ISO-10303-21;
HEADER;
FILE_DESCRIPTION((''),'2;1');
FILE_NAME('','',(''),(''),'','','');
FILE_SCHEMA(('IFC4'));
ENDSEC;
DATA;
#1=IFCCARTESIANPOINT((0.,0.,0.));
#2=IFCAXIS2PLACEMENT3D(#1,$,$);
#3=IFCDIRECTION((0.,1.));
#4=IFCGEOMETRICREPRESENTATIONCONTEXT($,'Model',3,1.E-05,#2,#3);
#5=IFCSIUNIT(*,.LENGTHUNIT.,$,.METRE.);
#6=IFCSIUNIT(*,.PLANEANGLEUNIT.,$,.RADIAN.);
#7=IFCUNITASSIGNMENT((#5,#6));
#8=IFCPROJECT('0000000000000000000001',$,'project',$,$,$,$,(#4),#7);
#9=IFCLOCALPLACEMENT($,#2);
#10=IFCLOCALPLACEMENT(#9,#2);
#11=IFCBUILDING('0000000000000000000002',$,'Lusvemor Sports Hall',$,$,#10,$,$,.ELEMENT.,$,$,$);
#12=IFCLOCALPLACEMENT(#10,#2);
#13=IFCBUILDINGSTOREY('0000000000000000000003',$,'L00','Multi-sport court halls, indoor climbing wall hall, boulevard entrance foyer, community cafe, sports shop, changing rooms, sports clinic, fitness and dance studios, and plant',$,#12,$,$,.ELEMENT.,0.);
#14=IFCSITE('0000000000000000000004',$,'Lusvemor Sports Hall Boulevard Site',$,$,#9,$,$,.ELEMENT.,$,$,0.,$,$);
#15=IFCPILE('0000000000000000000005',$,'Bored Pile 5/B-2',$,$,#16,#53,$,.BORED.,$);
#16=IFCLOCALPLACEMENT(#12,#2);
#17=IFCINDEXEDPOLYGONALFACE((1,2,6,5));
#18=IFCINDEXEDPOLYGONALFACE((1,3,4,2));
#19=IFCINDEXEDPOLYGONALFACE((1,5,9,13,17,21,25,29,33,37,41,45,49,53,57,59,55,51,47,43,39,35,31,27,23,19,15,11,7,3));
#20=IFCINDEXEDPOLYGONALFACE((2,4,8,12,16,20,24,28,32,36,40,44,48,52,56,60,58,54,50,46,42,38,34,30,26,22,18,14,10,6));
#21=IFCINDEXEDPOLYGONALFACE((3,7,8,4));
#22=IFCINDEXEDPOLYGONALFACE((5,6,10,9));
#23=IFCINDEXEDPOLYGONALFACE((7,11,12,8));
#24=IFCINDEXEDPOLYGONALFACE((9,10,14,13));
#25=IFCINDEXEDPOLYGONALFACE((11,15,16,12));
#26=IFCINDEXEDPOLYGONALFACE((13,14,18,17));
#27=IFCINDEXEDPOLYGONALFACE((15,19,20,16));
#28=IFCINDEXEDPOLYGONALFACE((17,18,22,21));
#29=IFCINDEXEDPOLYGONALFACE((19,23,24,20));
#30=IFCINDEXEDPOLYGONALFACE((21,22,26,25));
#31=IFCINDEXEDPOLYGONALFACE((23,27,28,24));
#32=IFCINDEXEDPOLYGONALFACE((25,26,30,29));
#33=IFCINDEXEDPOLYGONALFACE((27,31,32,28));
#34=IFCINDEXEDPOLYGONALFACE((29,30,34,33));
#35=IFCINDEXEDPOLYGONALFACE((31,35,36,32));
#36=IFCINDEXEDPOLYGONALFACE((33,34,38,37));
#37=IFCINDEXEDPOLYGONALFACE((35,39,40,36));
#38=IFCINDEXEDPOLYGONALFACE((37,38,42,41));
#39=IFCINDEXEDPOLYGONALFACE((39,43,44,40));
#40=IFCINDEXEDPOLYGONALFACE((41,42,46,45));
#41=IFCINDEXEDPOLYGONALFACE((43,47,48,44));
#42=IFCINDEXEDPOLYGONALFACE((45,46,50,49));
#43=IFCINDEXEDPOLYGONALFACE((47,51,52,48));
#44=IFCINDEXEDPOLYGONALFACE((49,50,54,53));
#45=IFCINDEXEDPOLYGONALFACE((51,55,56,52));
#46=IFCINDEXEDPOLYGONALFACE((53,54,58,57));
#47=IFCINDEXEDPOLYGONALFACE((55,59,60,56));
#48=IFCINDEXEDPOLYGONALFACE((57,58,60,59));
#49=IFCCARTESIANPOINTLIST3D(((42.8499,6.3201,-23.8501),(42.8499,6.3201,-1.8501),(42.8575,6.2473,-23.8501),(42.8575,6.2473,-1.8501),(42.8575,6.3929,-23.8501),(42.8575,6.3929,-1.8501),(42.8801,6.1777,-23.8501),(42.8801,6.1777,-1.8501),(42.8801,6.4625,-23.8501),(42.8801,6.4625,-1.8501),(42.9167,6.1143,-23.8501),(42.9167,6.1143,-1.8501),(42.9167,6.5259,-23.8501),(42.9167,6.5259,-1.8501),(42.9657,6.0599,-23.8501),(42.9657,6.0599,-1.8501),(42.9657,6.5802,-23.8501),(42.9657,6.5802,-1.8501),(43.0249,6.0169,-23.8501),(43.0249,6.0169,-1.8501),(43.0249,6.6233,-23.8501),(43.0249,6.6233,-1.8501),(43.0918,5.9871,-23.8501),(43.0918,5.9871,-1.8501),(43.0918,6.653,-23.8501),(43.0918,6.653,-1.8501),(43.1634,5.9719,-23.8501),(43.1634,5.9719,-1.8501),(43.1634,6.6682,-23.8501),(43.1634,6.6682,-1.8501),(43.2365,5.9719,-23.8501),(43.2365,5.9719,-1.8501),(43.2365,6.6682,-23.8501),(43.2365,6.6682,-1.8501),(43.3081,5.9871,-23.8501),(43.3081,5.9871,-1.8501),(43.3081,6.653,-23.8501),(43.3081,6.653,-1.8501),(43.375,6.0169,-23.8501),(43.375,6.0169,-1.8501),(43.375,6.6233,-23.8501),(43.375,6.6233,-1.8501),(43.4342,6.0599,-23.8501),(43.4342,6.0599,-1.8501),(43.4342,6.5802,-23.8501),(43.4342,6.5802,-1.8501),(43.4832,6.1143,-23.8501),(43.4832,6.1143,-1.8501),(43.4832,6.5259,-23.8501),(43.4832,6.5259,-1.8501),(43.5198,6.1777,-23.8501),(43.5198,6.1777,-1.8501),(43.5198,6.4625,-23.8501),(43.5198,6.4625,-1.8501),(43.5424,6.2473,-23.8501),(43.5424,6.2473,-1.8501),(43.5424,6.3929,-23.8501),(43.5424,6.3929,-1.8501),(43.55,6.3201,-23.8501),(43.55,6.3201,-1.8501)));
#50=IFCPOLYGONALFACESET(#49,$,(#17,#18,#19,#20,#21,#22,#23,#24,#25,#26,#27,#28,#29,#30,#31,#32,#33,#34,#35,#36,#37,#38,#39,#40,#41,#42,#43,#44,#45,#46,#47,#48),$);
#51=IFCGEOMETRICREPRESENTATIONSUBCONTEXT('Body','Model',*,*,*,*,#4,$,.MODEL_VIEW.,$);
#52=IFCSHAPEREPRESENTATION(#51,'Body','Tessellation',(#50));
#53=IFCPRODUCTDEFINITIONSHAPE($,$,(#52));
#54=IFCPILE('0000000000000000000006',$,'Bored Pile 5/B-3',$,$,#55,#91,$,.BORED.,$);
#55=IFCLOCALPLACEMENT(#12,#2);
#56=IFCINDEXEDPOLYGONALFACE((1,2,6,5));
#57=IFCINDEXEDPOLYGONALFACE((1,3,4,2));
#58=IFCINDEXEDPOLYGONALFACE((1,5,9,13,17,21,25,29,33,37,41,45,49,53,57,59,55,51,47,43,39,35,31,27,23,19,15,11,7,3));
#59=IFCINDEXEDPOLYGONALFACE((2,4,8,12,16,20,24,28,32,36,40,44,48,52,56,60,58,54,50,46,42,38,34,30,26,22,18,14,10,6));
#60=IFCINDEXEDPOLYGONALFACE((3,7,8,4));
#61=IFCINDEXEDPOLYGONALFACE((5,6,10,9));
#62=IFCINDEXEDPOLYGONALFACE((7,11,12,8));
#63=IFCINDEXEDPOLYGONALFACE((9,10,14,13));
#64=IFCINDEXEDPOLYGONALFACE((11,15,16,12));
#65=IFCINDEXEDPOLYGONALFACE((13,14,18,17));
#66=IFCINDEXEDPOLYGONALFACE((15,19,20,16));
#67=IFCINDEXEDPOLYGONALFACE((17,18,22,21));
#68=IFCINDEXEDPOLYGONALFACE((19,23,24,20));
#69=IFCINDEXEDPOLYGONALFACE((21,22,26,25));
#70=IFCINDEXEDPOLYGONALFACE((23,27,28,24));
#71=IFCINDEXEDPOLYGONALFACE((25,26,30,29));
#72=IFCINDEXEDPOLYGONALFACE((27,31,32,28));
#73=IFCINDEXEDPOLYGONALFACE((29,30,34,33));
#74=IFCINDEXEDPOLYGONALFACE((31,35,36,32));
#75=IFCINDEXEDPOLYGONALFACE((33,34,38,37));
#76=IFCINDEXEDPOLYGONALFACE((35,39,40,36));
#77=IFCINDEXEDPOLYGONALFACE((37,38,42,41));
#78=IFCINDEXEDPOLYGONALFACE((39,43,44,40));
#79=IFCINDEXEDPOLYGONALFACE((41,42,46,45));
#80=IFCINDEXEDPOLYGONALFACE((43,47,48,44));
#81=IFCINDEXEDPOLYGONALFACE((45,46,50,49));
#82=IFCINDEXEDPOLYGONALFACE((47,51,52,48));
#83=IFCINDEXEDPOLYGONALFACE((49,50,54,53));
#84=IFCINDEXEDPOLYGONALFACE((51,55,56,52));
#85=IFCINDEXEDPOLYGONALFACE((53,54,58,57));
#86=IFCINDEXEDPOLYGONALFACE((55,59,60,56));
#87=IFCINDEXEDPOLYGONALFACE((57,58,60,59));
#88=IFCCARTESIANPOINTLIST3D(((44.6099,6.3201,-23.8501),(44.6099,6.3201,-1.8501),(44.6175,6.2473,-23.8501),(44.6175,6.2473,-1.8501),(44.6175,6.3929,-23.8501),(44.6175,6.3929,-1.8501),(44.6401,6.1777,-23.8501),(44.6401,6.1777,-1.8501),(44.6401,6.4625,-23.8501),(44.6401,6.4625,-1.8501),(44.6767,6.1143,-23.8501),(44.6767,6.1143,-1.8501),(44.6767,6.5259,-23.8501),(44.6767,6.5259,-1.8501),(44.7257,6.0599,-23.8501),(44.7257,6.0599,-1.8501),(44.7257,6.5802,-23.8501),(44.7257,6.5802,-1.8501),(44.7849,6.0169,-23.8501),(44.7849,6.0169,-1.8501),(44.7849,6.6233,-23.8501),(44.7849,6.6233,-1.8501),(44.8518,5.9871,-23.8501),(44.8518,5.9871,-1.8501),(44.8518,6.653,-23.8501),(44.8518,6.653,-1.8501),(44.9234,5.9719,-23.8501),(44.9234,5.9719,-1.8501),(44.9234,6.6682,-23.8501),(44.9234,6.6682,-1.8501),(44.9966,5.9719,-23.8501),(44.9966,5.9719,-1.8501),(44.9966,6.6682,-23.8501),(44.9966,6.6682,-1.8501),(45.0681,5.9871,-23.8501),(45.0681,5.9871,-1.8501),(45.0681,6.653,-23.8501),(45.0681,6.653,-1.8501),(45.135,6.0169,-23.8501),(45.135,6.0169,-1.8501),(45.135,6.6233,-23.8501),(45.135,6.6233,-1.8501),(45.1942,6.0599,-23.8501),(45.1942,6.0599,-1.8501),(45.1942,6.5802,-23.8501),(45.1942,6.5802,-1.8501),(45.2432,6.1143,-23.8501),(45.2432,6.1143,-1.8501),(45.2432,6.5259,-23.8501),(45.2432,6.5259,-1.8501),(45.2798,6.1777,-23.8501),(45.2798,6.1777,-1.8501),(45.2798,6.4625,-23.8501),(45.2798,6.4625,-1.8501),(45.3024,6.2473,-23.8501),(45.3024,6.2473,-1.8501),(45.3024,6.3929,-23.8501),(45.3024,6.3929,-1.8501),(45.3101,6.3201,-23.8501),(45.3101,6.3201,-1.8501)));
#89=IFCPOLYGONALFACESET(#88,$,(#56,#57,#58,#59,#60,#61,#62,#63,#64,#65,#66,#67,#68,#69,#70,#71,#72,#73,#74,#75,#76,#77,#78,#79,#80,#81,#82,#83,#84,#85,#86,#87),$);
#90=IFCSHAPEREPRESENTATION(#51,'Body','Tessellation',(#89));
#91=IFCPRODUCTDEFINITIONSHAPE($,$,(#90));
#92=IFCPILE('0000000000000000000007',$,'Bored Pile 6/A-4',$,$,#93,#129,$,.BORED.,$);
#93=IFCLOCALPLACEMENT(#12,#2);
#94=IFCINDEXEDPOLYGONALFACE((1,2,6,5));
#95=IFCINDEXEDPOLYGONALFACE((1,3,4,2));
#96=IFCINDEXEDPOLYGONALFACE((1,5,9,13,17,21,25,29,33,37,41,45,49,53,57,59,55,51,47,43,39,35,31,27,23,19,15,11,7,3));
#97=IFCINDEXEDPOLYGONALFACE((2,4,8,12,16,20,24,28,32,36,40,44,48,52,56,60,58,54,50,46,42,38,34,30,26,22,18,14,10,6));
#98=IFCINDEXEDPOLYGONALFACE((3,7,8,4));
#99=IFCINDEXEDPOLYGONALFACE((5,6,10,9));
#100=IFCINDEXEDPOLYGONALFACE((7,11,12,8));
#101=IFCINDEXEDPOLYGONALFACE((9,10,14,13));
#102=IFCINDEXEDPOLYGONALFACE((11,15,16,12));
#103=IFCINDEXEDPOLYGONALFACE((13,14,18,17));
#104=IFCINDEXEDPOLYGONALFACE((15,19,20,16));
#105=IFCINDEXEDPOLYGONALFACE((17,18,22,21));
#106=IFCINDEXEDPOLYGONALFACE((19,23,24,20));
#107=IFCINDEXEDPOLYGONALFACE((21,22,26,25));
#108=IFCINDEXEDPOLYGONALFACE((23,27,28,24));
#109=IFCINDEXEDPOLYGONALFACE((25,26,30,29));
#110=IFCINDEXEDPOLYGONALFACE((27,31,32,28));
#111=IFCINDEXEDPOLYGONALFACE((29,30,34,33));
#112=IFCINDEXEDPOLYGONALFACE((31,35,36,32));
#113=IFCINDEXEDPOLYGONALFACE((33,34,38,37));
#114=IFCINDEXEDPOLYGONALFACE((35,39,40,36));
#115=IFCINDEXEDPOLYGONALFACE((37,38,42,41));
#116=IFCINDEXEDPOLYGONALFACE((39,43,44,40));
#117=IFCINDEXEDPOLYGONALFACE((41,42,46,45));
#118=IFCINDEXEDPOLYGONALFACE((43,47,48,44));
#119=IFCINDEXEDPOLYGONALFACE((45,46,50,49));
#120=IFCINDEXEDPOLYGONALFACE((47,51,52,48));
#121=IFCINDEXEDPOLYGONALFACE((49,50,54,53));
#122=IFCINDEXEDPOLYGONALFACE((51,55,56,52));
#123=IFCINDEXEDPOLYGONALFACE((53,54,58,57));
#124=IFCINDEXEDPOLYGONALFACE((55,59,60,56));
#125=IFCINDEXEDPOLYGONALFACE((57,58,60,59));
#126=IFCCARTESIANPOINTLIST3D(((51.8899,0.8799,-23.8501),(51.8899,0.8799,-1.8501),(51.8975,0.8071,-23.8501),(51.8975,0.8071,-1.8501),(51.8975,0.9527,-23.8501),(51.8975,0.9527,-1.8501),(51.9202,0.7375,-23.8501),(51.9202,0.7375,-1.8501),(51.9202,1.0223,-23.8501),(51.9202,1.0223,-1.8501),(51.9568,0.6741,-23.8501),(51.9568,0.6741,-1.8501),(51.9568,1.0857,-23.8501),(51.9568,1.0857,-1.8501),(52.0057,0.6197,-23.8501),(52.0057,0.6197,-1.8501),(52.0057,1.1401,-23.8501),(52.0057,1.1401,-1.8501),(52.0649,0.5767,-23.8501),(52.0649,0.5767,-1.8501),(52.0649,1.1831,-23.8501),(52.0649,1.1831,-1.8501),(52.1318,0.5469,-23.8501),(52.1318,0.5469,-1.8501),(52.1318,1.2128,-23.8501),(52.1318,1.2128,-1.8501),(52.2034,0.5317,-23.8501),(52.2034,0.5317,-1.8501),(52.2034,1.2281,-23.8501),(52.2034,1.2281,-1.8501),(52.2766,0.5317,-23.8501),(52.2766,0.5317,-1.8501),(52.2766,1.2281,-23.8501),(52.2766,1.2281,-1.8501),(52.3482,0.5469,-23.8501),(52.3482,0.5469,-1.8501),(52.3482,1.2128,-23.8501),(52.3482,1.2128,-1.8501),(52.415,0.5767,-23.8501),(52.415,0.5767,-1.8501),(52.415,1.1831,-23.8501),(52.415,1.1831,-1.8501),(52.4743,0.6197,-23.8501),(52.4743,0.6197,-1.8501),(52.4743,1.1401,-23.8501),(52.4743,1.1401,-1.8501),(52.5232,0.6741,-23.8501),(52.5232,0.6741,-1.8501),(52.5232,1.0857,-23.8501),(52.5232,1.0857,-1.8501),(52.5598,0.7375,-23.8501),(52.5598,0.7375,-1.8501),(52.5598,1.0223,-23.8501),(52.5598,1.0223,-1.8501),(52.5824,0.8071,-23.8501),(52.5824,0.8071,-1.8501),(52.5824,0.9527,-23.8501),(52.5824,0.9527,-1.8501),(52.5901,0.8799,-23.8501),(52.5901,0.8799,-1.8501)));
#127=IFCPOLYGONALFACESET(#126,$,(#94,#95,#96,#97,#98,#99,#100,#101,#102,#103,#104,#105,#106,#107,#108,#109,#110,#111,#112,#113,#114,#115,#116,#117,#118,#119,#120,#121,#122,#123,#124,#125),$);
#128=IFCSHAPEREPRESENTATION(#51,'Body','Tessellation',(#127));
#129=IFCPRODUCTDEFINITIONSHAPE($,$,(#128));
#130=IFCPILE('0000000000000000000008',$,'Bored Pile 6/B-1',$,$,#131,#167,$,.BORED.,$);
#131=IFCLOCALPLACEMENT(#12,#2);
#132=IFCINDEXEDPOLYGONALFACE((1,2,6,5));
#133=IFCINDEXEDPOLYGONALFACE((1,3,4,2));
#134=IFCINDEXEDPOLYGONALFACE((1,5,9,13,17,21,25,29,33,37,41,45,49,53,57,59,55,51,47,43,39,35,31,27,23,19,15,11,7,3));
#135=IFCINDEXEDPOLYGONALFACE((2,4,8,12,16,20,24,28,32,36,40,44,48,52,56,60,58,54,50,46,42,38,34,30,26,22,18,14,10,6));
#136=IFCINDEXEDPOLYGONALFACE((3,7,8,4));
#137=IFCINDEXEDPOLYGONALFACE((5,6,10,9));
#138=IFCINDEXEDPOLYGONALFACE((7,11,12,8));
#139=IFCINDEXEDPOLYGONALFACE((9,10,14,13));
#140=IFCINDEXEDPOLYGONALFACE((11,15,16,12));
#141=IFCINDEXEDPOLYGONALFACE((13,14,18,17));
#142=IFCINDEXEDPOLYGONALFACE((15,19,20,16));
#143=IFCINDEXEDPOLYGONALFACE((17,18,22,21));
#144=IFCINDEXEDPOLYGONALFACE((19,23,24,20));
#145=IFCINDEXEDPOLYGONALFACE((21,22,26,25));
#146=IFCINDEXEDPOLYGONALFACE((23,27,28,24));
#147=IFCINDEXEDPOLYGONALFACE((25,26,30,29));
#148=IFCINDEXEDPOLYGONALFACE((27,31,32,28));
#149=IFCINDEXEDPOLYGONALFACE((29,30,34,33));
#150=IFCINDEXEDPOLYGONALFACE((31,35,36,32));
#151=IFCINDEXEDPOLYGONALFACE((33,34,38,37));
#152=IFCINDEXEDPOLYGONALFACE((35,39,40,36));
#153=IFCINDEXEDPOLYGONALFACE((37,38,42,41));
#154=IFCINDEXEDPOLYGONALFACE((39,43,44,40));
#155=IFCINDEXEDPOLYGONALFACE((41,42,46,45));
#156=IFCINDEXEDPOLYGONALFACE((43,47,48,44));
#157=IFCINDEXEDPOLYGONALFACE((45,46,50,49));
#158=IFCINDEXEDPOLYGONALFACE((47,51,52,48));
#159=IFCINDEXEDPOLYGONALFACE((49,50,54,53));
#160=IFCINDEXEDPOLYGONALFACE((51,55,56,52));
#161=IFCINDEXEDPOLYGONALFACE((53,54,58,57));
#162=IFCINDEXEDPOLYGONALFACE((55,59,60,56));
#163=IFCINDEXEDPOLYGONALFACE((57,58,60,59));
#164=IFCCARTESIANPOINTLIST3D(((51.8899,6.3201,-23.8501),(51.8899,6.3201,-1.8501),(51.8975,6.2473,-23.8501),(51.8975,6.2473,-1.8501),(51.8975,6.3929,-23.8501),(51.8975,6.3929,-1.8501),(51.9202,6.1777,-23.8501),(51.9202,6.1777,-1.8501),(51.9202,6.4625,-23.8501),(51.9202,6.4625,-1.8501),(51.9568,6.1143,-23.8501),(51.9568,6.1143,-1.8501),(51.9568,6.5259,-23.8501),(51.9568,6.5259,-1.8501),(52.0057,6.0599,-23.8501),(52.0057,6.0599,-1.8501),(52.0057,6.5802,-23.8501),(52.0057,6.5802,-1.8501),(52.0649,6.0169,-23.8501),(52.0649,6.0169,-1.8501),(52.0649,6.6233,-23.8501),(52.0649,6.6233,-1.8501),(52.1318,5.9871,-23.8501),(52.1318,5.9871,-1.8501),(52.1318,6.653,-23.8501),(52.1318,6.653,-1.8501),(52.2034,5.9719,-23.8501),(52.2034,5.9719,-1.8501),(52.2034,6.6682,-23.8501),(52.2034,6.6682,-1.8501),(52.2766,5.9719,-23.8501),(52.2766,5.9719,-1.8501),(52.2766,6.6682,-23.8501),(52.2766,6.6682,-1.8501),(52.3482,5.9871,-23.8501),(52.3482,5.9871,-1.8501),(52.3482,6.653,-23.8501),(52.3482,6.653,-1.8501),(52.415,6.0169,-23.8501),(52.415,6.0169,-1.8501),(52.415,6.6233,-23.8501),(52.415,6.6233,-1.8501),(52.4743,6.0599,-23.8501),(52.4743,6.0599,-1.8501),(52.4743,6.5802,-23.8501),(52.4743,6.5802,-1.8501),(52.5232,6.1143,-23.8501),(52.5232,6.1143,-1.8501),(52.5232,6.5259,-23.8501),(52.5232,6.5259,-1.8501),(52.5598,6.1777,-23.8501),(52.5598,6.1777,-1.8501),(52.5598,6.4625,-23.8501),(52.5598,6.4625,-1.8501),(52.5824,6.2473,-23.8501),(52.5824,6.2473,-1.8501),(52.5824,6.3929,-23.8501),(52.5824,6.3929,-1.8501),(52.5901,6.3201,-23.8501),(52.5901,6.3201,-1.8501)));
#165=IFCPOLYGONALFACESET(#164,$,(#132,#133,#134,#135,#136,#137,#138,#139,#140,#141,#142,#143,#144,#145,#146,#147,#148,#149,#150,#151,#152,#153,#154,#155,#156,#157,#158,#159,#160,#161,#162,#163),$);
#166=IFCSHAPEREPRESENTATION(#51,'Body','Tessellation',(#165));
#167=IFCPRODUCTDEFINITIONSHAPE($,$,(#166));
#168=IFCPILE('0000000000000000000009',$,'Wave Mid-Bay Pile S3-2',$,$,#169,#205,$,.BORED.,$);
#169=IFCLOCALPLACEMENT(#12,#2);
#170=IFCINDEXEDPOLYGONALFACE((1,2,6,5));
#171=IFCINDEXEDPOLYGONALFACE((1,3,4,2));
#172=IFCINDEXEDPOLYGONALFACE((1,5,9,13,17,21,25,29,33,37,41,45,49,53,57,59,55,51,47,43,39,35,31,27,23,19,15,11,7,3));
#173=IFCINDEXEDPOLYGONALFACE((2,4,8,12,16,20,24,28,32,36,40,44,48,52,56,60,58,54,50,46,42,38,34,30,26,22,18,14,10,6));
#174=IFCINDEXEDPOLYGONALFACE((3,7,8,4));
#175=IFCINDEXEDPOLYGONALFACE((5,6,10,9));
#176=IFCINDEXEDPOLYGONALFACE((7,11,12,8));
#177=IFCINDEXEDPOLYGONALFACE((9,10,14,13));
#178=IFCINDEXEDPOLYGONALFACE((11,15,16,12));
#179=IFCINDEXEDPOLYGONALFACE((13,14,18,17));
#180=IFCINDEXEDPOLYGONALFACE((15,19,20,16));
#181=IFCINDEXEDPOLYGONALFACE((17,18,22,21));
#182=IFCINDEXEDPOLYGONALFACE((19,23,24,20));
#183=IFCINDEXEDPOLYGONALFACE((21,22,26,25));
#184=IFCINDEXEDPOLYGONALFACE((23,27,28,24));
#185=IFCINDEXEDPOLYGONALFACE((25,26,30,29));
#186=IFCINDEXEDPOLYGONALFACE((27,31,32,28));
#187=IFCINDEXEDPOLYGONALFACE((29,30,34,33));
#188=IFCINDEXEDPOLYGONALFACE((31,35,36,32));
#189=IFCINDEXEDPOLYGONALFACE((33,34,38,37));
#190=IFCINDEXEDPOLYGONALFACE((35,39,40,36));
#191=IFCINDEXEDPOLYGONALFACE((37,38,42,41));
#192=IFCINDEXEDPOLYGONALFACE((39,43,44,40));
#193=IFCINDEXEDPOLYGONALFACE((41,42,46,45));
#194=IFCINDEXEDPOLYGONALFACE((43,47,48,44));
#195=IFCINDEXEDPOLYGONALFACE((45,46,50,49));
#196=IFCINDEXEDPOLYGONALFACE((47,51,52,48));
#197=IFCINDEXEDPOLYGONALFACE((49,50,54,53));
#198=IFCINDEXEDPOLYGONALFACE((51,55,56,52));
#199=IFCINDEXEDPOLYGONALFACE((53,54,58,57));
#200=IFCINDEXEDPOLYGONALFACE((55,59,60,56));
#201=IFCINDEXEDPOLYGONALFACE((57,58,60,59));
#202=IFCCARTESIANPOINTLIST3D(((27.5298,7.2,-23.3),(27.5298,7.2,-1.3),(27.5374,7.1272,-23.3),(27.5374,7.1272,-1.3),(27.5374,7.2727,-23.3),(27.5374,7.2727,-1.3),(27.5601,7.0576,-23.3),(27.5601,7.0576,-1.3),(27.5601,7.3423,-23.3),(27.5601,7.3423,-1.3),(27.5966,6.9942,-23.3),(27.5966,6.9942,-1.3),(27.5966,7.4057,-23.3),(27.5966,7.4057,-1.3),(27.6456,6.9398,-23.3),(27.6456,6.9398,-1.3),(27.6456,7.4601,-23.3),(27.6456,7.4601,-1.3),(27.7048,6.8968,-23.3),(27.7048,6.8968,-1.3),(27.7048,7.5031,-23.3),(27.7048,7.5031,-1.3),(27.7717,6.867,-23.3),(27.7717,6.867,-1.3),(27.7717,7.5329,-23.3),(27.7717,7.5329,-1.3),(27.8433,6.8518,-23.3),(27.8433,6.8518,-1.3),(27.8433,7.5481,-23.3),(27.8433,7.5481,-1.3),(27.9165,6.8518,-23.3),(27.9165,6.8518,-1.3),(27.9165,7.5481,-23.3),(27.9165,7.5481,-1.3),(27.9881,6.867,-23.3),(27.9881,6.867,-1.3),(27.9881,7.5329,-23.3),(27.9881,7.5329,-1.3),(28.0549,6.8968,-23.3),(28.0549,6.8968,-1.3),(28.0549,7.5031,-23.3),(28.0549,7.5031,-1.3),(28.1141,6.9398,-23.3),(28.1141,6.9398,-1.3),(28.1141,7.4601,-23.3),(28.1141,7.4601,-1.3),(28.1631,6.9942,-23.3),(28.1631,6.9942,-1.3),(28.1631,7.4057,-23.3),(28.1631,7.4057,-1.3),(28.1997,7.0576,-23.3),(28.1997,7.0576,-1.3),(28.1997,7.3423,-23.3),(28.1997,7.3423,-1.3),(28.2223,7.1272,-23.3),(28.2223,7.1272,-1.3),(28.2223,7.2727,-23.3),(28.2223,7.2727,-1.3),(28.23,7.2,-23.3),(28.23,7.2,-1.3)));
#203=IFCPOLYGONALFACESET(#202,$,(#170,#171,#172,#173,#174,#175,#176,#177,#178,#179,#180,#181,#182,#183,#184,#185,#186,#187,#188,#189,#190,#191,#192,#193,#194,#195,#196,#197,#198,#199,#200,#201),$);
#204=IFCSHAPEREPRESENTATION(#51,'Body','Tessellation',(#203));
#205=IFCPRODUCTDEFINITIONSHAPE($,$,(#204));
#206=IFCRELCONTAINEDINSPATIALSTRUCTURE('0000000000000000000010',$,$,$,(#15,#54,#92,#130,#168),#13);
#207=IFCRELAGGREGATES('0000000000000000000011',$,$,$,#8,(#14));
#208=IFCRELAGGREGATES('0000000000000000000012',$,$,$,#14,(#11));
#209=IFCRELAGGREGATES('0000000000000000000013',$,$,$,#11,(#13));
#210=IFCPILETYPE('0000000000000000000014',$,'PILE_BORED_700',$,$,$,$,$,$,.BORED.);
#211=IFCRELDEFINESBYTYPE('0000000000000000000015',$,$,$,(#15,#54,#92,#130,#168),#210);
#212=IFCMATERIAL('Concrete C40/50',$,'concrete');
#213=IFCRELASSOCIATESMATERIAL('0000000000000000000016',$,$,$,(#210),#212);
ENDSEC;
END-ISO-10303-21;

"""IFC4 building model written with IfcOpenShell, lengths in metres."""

from ifc_helpers import new_model, si_unit, direction, frame, origin, origin_2d, place, context, subcontext, project, spatial, circle, extrude, material, material_profile, profile_set, type_object, element, save


model = new_model("IFC4")

# Units and contexts
model_context = context("Model", 3, precision=1e-05, world=origin(), true_north=direction((0.0, 1.0)))
body_context = subcontext(model_context, "Body", "Model", "MODEL_VIEW")
ifc_project = project(units=[si_unit("LENGTHUNIT", "METRE"), si_unit("PLANEANGLEUNIT", "RADIAN")], contexts=[model_context])

# Site, building, storey
site_placement = place(None, origin())
site = spatial("IfcSite", under=ifc_project, at=site_placement, Name="Lusvemor Sports Hall Boulevard Site", CompositionType="ELEMENT", RefElevation=0.0)
building_placement = place(site_placement, origin())
building = spatial("IfcBuilding", under=site, at=building_placement, Name="Lusvemor Sports Hall", CompositionType="ELEMENT")
storey_placement = place(building_placement, origin())
storey = spatial("IfcBuildingStorey", under=building, at=storey_placement, Name="L00", Description="Multi-sport court halls, indoor climbing wall hall, boulevard entrance foyer, community cafe, sports shop, changing rooms, sports clinic, fitness and dance studios, and plant", CompositionType="ELEMENT", Elevation=0.0)

# Piles
ifc_material_1 = material(Name="Concrete C40/50", Category="concrete")
ifc_material_profile_1 = material_profile(ifc_material_1, circle(Radius=0.3501, at=origin_2d()), Name="PILE700")
ifc_profile_set_1 = profile_set([ifc_material_profile_1], Name="Concrete C40/50")
pile_type = type_object("IfcPileType", Name="PILE_BORED_700", PredefinedType="BORED", material=ifc_profile_set_1)
for number, where, z_axis, x_axis, name in (
    (1, (43.2, 6.3201, -1.8501), (0.0, 0.0, -1.0), (1.0, 0.0, 0.0), "Bored Pile 5/B-2"),
    (2, (44.96, 6.3201, -1.8501), (0.0, 0.0, -1.0), (1.0, 0.0, 0.0), "Bored Pile 5/B-3"),
    (3, (52.24, 0.8799, -1.8501), (0.0, 0.0, -1.0), (1.0, 0.0, 0.0), "Bored Pile 6/A-4"),
    (4, (52.24, 6.3201, -1.8501), (0.0, 0.0, -1.0), (1.0, 0.0, 0.0), "Bored Pile 6/B-1"),
    (5, (27.8799, 7.2, -1.3), (0.0, 0.0, -1.0), (1.0, 0.0, 0.0), "Wave Mid-Bay Pile S3-2"),
):
    element("IfcPile", number, at=place(storey_placement, frame(where, z_axis=z_axis, x_axis=x_axis)), inside=storey, type_object=pile_type, Name=name, PredefinedType="BORED", context=body_context, shape_type="SweptSolid", body=[
        extrude(circle(Radius=0.3501, at=origin_2d()), origin(), (0.0, 0.0, 1.0), 22.0),
    ])

save(model, "model.ifc")
